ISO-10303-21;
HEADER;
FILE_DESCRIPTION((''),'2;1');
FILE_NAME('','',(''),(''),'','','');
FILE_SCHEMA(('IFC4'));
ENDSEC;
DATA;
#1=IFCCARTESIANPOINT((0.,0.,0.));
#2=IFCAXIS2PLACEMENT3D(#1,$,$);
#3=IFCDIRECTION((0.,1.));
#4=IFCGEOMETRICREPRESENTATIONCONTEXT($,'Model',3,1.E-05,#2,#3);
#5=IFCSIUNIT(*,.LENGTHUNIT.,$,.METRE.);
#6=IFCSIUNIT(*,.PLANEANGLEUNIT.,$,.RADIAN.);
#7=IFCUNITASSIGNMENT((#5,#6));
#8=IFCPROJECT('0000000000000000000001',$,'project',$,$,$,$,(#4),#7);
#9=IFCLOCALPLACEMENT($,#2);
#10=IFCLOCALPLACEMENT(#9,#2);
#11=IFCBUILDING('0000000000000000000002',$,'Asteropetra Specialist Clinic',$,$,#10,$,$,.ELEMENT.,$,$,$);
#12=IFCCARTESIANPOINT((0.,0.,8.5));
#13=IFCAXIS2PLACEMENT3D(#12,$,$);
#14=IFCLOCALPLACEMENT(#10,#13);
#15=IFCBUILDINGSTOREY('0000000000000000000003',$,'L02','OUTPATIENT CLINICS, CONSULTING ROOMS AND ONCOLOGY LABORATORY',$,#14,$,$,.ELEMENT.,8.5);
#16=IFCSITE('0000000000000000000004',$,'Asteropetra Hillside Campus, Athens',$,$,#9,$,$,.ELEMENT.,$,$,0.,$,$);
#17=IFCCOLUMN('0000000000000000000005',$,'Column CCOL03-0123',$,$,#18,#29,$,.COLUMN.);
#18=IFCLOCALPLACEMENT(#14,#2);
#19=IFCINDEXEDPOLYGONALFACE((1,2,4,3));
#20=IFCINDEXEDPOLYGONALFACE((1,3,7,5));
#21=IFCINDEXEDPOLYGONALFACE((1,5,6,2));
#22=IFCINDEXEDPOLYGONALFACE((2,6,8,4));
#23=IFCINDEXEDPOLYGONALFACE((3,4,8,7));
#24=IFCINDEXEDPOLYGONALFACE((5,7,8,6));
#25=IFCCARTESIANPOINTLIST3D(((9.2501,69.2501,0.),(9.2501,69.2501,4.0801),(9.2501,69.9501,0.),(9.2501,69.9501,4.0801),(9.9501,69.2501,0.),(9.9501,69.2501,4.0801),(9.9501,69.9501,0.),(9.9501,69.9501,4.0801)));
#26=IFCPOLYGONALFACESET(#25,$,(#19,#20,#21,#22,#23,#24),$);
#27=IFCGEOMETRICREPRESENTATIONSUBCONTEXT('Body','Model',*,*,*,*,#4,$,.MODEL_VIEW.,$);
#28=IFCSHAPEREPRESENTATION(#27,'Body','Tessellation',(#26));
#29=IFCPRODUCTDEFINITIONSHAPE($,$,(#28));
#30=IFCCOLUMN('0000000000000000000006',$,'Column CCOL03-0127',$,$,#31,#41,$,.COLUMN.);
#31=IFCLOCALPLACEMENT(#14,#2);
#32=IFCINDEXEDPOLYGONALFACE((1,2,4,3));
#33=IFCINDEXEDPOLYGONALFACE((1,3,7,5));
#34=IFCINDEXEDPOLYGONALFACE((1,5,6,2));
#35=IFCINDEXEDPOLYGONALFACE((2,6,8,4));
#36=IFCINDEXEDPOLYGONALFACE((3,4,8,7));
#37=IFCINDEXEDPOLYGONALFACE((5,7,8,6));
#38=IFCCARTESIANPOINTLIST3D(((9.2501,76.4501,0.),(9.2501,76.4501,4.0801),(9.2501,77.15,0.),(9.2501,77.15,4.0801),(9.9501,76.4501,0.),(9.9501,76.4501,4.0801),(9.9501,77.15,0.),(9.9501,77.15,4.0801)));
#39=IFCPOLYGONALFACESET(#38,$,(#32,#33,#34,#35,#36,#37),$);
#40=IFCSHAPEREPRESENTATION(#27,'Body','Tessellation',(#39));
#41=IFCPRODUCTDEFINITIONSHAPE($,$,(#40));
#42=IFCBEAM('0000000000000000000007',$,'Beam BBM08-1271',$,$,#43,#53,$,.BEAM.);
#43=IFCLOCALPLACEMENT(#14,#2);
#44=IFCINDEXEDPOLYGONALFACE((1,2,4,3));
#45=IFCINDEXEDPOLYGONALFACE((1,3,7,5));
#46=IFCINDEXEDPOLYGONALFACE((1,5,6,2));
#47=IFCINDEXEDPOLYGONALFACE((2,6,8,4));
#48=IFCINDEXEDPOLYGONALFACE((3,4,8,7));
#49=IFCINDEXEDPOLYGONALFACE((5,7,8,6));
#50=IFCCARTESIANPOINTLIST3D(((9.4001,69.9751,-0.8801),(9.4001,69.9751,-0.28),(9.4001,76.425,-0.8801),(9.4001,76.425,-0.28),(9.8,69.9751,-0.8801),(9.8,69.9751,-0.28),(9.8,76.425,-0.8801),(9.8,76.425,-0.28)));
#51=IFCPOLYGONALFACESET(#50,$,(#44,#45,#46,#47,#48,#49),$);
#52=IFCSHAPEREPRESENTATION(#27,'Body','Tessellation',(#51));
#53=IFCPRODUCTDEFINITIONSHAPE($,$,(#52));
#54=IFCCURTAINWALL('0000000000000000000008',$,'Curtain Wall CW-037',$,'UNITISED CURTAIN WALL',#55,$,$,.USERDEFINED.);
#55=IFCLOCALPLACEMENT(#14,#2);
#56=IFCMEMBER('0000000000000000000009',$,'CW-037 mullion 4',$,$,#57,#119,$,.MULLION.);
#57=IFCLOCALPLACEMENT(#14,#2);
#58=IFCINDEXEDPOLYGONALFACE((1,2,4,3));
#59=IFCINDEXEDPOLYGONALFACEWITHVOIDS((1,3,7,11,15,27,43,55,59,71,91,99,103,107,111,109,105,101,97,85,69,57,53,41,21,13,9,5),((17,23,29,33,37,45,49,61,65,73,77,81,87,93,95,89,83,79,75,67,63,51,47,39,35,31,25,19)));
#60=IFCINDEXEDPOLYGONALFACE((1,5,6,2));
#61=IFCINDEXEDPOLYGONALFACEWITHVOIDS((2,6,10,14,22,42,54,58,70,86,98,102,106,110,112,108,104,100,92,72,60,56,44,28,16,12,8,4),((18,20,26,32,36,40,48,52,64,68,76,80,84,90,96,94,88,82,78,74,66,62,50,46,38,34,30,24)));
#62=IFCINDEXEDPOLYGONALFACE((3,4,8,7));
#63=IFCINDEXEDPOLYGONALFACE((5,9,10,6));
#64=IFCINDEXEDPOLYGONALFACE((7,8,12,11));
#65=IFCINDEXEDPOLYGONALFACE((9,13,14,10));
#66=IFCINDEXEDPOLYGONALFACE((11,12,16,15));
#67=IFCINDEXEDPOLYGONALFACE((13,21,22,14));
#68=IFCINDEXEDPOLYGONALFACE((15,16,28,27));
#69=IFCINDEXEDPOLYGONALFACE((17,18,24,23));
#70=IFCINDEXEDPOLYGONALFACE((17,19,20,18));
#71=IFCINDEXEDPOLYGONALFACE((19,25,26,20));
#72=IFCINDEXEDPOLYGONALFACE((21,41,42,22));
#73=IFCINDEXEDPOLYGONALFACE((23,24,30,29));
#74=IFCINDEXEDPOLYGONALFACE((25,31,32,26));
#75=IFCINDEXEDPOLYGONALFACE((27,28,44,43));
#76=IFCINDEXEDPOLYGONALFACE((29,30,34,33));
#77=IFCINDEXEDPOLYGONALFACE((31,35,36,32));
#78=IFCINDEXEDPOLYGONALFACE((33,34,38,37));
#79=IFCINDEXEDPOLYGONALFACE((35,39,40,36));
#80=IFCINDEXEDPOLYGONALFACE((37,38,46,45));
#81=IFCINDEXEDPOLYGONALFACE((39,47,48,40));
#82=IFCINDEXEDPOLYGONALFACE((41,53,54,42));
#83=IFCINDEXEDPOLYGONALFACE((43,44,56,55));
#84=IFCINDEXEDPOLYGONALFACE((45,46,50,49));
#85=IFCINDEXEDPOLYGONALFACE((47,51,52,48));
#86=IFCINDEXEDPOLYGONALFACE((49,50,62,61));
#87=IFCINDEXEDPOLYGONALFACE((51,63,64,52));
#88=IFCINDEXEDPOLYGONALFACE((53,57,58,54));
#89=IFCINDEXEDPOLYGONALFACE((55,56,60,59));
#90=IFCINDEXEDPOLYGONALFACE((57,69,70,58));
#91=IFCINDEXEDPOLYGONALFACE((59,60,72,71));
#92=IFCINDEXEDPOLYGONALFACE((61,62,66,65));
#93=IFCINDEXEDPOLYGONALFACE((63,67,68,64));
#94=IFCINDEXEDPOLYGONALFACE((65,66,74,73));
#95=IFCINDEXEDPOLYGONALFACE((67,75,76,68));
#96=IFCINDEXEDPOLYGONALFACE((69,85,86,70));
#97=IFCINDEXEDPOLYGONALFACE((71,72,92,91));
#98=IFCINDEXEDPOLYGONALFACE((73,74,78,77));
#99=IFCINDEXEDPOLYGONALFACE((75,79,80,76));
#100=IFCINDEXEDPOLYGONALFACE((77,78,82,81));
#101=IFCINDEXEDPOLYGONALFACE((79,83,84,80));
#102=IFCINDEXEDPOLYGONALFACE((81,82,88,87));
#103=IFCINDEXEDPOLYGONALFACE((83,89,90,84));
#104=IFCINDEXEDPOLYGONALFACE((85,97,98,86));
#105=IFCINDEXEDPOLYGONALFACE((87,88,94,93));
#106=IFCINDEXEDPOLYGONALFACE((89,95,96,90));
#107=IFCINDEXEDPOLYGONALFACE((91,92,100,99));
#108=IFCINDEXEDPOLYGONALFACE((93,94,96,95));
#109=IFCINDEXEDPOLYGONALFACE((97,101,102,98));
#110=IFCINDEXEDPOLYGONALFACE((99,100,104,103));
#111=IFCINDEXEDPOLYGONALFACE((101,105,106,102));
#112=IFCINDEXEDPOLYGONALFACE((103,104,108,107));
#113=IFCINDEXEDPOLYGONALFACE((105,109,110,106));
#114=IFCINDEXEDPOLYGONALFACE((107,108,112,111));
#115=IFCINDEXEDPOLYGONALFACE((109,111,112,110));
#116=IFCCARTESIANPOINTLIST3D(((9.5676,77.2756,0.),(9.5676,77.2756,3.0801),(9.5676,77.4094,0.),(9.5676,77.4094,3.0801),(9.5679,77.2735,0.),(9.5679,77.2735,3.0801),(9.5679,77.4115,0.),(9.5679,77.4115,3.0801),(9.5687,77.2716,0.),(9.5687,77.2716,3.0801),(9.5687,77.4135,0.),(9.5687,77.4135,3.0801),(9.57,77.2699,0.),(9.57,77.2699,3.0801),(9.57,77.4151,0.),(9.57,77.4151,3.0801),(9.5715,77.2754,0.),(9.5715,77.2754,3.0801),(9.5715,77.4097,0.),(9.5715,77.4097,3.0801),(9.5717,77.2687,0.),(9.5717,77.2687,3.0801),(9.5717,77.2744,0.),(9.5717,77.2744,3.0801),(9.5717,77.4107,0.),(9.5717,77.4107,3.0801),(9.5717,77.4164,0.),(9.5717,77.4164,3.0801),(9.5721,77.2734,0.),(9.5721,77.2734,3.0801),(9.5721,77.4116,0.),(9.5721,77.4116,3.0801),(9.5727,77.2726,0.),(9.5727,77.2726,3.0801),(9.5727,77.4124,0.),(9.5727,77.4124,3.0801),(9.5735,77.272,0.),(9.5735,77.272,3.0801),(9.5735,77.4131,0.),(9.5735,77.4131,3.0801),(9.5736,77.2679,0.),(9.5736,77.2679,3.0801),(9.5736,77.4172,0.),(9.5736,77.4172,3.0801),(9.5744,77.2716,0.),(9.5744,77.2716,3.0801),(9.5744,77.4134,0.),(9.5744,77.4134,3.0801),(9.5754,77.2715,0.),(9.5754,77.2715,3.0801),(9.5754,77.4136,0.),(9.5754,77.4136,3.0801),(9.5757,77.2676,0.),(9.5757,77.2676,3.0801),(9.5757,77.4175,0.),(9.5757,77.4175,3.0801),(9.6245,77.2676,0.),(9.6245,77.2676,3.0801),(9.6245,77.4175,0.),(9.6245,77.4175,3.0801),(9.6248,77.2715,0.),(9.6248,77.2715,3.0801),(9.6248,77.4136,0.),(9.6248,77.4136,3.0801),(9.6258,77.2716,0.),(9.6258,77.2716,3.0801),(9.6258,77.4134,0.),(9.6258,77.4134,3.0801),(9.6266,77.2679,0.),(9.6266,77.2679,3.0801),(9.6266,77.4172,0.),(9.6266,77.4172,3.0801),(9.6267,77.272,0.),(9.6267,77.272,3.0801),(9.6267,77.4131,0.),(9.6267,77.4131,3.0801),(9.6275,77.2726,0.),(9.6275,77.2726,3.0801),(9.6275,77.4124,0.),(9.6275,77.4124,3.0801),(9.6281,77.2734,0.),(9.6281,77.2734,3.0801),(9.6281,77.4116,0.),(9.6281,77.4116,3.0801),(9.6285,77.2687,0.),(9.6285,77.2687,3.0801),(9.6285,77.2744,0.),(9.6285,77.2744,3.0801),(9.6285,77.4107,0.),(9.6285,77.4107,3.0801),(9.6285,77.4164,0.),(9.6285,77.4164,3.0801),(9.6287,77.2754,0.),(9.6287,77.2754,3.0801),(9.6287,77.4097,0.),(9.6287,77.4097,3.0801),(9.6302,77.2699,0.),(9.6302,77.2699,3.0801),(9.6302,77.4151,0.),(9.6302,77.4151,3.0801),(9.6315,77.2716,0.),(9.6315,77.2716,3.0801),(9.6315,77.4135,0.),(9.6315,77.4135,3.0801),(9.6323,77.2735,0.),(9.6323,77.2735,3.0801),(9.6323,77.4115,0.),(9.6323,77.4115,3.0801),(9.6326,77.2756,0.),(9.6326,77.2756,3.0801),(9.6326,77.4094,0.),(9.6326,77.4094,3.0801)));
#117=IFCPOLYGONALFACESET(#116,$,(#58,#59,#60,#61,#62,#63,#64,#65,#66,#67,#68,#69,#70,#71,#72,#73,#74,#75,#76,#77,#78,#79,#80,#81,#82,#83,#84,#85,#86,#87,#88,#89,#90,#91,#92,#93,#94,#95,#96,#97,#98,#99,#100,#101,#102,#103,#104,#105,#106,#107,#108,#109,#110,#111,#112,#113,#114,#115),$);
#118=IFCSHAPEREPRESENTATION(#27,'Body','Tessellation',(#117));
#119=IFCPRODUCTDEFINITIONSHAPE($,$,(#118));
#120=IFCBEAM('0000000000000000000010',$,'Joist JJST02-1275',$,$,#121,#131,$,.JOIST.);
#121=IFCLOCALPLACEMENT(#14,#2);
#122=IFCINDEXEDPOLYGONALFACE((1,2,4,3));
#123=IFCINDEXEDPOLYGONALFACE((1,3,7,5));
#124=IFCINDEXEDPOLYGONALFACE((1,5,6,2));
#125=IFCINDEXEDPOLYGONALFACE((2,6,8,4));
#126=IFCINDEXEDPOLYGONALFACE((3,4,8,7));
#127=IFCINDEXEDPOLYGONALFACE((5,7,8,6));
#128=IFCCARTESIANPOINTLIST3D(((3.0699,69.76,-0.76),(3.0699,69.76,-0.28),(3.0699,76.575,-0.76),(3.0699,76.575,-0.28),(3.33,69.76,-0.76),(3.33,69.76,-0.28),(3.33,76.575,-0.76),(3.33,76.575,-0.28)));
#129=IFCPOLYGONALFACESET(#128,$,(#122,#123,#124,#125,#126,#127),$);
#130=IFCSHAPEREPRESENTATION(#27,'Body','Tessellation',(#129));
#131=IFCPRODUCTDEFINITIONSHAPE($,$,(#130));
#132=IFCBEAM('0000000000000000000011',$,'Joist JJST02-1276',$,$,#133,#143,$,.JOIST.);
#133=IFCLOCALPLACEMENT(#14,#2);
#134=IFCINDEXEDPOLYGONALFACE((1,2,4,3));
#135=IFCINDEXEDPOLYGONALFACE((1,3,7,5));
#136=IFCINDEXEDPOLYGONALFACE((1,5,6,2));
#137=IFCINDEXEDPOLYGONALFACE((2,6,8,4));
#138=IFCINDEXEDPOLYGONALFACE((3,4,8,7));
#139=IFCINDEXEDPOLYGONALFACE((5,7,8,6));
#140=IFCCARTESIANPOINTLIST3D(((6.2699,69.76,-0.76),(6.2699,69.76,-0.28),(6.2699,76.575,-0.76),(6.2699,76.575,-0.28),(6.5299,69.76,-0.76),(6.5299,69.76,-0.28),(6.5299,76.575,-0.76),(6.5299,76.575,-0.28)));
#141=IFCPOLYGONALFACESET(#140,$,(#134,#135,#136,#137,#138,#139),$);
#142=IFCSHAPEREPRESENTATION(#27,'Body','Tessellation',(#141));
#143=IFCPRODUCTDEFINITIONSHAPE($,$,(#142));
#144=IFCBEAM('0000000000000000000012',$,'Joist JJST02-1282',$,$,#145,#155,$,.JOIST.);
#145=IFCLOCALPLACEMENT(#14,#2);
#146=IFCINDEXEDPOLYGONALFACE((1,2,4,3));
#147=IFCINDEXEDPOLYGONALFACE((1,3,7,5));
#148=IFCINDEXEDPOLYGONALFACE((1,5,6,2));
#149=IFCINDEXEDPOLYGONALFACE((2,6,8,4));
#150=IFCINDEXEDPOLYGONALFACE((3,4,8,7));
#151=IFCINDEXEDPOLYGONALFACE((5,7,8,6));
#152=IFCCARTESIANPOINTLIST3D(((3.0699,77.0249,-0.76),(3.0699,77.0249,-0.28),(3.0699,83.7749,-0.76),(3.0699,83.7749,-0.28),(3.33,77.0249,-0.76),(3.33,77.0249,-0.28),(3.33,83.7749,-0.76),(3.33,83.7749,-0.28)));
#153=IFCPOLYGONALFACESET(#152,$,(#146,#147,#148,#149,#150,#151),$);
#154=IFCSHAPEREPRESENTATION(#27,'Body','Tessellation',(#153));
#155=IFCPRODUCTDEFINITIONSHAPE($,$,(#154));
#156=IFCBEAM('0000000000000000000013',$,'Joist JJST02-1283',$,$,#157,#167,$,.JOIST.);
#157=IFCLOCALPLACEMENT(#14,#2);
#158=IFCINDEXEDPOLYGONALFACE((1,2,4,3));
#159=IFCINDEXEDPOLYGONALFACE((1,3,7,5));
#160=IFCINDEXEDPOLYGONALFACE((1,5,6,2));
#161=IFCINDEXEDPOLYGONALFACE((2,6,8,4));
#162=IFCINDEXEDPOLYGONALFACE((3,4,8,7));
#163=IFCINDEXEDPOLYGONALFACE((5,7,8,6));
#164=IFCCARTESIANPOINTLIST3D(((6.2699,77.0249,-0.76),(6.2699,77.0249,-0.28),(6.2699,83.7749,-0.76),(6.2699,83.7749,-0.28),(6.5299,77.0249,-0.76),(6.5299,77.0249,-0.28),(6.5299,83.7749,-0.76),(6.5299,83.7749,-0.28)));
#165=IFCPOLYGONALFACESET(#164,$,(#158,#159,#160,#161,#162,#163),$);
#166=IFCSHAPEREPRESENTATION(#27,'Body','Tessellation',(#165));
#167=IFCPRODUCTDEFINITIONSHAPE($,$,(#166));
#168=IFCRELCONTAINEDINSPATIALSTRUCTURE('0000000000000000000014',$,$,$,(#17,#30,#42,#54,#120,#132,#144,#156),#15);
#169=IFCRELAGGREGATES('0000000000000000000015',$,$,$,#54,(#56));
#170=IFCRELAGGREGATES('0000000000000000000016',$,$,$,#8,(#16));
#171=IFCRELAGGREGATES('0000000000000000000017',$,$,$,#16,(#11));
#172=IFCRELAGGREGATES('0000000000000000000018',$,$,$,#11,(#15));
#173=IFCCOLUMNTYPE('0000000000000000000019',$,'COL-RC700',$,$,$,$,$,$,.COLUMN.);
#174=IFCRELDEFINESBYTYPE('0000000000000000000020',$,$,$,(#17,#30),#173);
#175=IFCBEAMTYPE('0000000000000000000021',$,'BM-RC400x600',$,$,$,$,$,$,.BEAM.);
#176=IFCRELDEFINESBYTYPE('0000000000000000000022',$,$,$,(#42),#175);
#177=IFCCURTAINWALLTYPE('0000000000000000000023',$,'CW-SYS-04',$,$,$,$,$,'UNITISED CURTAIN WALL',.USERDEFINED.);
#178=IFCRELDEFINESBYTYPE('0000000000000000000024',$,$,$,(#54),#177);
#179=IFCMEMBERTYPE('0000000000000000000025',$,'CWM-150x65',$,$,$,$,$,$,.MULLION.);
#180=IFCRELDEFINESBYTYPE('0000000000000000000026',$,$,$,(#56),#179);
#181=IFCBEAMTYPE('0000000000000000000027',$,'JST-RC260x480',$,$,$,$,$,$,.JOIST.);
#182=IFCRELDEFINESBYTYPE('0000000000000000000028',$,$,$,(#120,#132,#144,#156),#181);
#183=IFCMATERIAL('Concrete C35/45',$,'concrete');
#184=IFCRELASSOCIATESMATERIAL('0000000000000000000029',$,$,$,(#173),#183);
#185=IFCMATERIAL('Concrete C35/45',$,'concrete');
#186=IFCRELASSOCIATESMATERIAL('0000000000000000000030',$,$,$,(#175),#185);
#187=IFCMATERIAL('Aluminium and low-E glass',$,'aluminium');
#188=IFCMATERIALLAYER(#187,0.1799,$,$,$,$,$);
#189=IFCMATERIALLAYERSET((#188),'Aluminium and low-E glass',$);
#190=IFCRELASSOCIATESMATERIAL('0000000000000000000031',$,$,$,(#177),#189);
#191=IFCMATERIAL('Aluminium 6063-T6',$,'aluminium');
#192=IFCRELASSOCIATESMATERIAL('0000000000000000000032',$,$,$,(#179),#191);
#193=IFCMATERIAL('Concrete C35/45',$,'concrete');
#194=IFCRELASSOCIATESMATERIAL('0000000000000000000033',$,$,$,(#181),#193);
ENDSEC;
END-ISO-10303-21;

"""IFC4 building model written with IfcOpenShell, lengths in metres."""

from ifc_helpers import new_model, si_unit, direction, frame, origin, origin_2d, place, context, subcontext, project, spatial, rectangle, hollow_rectangle, extrude, material, layer, layer_set, material_profile, profile_set, type_object, element, aggregate, save


model = new_model("IFC4")

# Units and contexts
model_context = context("Model", 3, precision=1e-05, world=origin(), true_north=direction((0.0, 1.0)))
body_context = subcontext(model_context, "Body", "Model", "MODEL_VIEW")
ifc_project = project(units=[si_unit("LENGTHUNIT", "METRE"), si_unit("PLANEANGLEUNIT", "RADIAN")], contexts=[model_context])

# Site, building, storey
site_placement = place(None, origin())
site = spatial("IfcSite", under=ifc_project, at=site_placement, Name="Asteropetra Hillside Campus, Athens", CompositionType="ELEMENT", RefElevation=0.0)
building_placement = place(site_placement, origin())
building = spatial("IfcBuilding", under=site, at=building_placement, Name="Asteropetra Specialist Clinic", CompositionType="ELEMENT")
storey_placement = place(building_placement, frame((0.0, 0.0, 8.5)))
storey = spatial("IfcBuildingStorey", under=building, at=storey_placement, Name="L02", Description="OUTPATIENT CLINICS, CONSULTING ROOMS AND ONCOLOGY LABORATORY", CompositionType="ELEMENT", Elevation=8.5)

# Columns
ifc_material_1 = material(Name="Concrete C35/45", Category="concrete")
ifc_material_profile_1 = material_profile(ifc_material_1, rectangle(XDim=0.7, YDim=0.7, at=origin_2d()), Name="RC 700x700")
ifc_profile_set_1 = profile_set([ifc_material_profile_1], Name="Concrete C35/45")
column_type = type_object("IfcColumnType", Name="COL-RC700", PredefinedType="COLUMN", material=ifc_profile_set_1)
for number, where, z_axis, x_axis, name in (
    (1, (9.6001, 69.6001, 0.0), (0.0, 0.0, 1.0), (1.0, 0.0, 0.0), "Column CCOL03-0123"),
    (2, (9.6001, 76.8, 0.0), (0.0, 0.0, 1.0), (1.0, 0.0, 0.0), "Column CCOL03-0127"),
):
    element("IfcColumn", number, at=place(storey_placement, frame(where, z_axis=z_axis, x_axis=x_axis)), inside=storey, type_object=column_type, Name=name, PredefinedType="COLUMN", context=body_context, shape_type="SweptSolid", body=[
        extrude(rectangle(XDim=0.7, YDim=0.7, at=origin_2d()), origin(), (0.0, 0.0, 1.0), 4.0801),
    ])

# Beam
ifc_material_2 = material(Name="Concrete C35/45", Category="concrete")
ifc_material_profile_2 = material_profile(ifc_material_2, rectangle(XDim=0.3999, YDim=0.6001, at=origin_2d()), Name="RCB 400x600")
ifc_profile_set_2 = profile_set([ifc_material_profile_2], Name="Concrete C35/45")
beam_type_1 = type_object("IfcBeamType", Name="BM-RC400x600", PredefinedType="BEAM", material=ifc_profile_set_2)
beam_placement = place(storey_placement, frame((9.6001, 69.9751, -0.5801), z_axis=(0.0, 1.0, 0.0), x_axis=(-1.0, 0.0, 0.0)))
element("IfcBeam", 3, at=beam_placement, inside=storey, type_object=beam_type_1, Name="Beam BBM08-1271", PredefinedType="BEAM", context=body_context, shape_type="SweptSolid", body=[
    extrude(rectangle(XDim=0.3999, YDim=0.6001, at=origin_2d()), origin(), (0.0, 0.0, 1.0), 6.45),
])

# Curtain wall, member
ifc_material_3 = material(Name="Aluminium and low-E glass", Category="aluminium")
ifc_layer_1 = layer(ifc_material_3, 0.1799)
ifc_layer_set_1 = layer_set([ifc_layer_1], Name="Aluminium and low-E glass")
curtain_wall_type = type_object("IfcCurtainWallType", Name="CW-SYS-04", ElementType="UNITISED CURTAIN WALL", PredefinedType="USERDEFINED", material=ifc_layer_set_1)
curtain_wall_placement = place(storey_placement, origin())
curtain_wall = element("IfcCurtainWall", 4, at=curtain_wall_placement, inside=storey, type_object=curtain_wall_type, Name="Curtain Wall CW-037", ObjectType="UNITISED CURTAIN WALL", PredefinedType="USERDEFINED")
ifc_material_4 = material(Name="Aluminium 6063-T6", Category="aluminium")
ifc_material_profile_3 = material_profile(ifc_material_4, hollow_rectangle(XDim=0.0649, YDim=0.1499, WallThickness=0.0039, InnerFilletRadius=0.0039, OuterFilletRadius=0.0081, at=origin_2d()), Name="MUL 150x65x4.0")
ifc_profile_set_3 = profile_set([ifc_material_profile_3], Name="Aluminium 6063-T6")
member_type = type_object("IfcMemberType", Name="CWM-150x65", PredefinedType="MULLION", material=ifc_profile_set_3)
member_placement = place(storey_placement, frame((9.6001, 77.3425, 0.0), z_axis=(0.0, 0.0, 1.0), x_axis=(1.0, 0.0, 0.0)))
member = element("IfcMember", 5, at=member_placement, type_object=member_type, Name="CW-037 mullion 4", PredefinedType="MULLION", context=body_context, shape_type="SweptSolid", body=[
    extrude(hollow_rectangle(XDim=0.0649, YDim=0.1499, WallThickness=0.0039, InnerFilletRadius=0.0039, OuterFilletRadius=0.0081, at=origin_2d()), origin(), (0.0, 0.0, 1.0), 3.0801),
])

# Beams
ifc_material_5 = material(Name="Concrete C35/45", Category="concrete")
ifc_material_profile_4 = material_profile(ifc_material_5, rectangle(XDim=0.26, YDim=0.48, at=origin_2d()), Name="RCJ 260x480")
ifc_profile_set_4 = profile_set([ifc_material_profile_4], Name="Concrete C35/45")
beam_type_2 = type_object("IfcBeamType", Name="JST-RC260x480", PredefinedType="JOIST", material=ifc_profile_set_4)
for number, where, z_axis, x_axis, name in (
    (6, (3.2, 69.76, -0.52), (0.0, 1.0, 0.0), (-1.0, 0.0, 0.0), "Joist JJST02-1275"),
    (7, (6.3999, 69.76, -0.52), (0.0, 1.0, 0.0), (-1.0, 0.0, 0.0), "Joist JJST02-1276"),
):
    element("IfcBeam", number, at=place(storey_placement, frame(where, z_axis=z_axis, x_axis=x_axis)), inside=storey, type_object=beam_type_2, Name=name, PredefinedType="JOIST", context=body_context, shape_type="SweptSolid", body=[
        extrude(rectangle(XDim=0.26, YDim=0.48, at=origin_2d()), origin(), (0.0, 0.0, 1.0), 6.8149),
    ])
for number, where, z_axis, x_axis, name in (
    (8, (3.2, 77.0249, -0.52), (0.0, 1.0, 0.0), (-1.0, 0.0, 0.0), "Joist JJST02-1282"),
    (9, (6.3999, 77.0249, -0.52), (0.0, 1.0, 0.0), (-1.0, 0.0, 0.0), "Joist JJST02-1283"),
):
    element("IfcBeam", number, at=place(storey_placement, frame(where, z_axis=z_axis, x_axis=x_axis)), inside=storey, type_object=beam_type_2, Name=name, PredefinedType="JOIST", context=body_context, shape_type="SweptSolid", body=[
        extrude(rectangle(XDim=0.26, YDim=0.48, at=origin_2d()), origin(), (0.0, 0.0, 1.0), 6.75),
    ])

aggregate(curtain_wall, [member])

save(model, "model.ifc")
